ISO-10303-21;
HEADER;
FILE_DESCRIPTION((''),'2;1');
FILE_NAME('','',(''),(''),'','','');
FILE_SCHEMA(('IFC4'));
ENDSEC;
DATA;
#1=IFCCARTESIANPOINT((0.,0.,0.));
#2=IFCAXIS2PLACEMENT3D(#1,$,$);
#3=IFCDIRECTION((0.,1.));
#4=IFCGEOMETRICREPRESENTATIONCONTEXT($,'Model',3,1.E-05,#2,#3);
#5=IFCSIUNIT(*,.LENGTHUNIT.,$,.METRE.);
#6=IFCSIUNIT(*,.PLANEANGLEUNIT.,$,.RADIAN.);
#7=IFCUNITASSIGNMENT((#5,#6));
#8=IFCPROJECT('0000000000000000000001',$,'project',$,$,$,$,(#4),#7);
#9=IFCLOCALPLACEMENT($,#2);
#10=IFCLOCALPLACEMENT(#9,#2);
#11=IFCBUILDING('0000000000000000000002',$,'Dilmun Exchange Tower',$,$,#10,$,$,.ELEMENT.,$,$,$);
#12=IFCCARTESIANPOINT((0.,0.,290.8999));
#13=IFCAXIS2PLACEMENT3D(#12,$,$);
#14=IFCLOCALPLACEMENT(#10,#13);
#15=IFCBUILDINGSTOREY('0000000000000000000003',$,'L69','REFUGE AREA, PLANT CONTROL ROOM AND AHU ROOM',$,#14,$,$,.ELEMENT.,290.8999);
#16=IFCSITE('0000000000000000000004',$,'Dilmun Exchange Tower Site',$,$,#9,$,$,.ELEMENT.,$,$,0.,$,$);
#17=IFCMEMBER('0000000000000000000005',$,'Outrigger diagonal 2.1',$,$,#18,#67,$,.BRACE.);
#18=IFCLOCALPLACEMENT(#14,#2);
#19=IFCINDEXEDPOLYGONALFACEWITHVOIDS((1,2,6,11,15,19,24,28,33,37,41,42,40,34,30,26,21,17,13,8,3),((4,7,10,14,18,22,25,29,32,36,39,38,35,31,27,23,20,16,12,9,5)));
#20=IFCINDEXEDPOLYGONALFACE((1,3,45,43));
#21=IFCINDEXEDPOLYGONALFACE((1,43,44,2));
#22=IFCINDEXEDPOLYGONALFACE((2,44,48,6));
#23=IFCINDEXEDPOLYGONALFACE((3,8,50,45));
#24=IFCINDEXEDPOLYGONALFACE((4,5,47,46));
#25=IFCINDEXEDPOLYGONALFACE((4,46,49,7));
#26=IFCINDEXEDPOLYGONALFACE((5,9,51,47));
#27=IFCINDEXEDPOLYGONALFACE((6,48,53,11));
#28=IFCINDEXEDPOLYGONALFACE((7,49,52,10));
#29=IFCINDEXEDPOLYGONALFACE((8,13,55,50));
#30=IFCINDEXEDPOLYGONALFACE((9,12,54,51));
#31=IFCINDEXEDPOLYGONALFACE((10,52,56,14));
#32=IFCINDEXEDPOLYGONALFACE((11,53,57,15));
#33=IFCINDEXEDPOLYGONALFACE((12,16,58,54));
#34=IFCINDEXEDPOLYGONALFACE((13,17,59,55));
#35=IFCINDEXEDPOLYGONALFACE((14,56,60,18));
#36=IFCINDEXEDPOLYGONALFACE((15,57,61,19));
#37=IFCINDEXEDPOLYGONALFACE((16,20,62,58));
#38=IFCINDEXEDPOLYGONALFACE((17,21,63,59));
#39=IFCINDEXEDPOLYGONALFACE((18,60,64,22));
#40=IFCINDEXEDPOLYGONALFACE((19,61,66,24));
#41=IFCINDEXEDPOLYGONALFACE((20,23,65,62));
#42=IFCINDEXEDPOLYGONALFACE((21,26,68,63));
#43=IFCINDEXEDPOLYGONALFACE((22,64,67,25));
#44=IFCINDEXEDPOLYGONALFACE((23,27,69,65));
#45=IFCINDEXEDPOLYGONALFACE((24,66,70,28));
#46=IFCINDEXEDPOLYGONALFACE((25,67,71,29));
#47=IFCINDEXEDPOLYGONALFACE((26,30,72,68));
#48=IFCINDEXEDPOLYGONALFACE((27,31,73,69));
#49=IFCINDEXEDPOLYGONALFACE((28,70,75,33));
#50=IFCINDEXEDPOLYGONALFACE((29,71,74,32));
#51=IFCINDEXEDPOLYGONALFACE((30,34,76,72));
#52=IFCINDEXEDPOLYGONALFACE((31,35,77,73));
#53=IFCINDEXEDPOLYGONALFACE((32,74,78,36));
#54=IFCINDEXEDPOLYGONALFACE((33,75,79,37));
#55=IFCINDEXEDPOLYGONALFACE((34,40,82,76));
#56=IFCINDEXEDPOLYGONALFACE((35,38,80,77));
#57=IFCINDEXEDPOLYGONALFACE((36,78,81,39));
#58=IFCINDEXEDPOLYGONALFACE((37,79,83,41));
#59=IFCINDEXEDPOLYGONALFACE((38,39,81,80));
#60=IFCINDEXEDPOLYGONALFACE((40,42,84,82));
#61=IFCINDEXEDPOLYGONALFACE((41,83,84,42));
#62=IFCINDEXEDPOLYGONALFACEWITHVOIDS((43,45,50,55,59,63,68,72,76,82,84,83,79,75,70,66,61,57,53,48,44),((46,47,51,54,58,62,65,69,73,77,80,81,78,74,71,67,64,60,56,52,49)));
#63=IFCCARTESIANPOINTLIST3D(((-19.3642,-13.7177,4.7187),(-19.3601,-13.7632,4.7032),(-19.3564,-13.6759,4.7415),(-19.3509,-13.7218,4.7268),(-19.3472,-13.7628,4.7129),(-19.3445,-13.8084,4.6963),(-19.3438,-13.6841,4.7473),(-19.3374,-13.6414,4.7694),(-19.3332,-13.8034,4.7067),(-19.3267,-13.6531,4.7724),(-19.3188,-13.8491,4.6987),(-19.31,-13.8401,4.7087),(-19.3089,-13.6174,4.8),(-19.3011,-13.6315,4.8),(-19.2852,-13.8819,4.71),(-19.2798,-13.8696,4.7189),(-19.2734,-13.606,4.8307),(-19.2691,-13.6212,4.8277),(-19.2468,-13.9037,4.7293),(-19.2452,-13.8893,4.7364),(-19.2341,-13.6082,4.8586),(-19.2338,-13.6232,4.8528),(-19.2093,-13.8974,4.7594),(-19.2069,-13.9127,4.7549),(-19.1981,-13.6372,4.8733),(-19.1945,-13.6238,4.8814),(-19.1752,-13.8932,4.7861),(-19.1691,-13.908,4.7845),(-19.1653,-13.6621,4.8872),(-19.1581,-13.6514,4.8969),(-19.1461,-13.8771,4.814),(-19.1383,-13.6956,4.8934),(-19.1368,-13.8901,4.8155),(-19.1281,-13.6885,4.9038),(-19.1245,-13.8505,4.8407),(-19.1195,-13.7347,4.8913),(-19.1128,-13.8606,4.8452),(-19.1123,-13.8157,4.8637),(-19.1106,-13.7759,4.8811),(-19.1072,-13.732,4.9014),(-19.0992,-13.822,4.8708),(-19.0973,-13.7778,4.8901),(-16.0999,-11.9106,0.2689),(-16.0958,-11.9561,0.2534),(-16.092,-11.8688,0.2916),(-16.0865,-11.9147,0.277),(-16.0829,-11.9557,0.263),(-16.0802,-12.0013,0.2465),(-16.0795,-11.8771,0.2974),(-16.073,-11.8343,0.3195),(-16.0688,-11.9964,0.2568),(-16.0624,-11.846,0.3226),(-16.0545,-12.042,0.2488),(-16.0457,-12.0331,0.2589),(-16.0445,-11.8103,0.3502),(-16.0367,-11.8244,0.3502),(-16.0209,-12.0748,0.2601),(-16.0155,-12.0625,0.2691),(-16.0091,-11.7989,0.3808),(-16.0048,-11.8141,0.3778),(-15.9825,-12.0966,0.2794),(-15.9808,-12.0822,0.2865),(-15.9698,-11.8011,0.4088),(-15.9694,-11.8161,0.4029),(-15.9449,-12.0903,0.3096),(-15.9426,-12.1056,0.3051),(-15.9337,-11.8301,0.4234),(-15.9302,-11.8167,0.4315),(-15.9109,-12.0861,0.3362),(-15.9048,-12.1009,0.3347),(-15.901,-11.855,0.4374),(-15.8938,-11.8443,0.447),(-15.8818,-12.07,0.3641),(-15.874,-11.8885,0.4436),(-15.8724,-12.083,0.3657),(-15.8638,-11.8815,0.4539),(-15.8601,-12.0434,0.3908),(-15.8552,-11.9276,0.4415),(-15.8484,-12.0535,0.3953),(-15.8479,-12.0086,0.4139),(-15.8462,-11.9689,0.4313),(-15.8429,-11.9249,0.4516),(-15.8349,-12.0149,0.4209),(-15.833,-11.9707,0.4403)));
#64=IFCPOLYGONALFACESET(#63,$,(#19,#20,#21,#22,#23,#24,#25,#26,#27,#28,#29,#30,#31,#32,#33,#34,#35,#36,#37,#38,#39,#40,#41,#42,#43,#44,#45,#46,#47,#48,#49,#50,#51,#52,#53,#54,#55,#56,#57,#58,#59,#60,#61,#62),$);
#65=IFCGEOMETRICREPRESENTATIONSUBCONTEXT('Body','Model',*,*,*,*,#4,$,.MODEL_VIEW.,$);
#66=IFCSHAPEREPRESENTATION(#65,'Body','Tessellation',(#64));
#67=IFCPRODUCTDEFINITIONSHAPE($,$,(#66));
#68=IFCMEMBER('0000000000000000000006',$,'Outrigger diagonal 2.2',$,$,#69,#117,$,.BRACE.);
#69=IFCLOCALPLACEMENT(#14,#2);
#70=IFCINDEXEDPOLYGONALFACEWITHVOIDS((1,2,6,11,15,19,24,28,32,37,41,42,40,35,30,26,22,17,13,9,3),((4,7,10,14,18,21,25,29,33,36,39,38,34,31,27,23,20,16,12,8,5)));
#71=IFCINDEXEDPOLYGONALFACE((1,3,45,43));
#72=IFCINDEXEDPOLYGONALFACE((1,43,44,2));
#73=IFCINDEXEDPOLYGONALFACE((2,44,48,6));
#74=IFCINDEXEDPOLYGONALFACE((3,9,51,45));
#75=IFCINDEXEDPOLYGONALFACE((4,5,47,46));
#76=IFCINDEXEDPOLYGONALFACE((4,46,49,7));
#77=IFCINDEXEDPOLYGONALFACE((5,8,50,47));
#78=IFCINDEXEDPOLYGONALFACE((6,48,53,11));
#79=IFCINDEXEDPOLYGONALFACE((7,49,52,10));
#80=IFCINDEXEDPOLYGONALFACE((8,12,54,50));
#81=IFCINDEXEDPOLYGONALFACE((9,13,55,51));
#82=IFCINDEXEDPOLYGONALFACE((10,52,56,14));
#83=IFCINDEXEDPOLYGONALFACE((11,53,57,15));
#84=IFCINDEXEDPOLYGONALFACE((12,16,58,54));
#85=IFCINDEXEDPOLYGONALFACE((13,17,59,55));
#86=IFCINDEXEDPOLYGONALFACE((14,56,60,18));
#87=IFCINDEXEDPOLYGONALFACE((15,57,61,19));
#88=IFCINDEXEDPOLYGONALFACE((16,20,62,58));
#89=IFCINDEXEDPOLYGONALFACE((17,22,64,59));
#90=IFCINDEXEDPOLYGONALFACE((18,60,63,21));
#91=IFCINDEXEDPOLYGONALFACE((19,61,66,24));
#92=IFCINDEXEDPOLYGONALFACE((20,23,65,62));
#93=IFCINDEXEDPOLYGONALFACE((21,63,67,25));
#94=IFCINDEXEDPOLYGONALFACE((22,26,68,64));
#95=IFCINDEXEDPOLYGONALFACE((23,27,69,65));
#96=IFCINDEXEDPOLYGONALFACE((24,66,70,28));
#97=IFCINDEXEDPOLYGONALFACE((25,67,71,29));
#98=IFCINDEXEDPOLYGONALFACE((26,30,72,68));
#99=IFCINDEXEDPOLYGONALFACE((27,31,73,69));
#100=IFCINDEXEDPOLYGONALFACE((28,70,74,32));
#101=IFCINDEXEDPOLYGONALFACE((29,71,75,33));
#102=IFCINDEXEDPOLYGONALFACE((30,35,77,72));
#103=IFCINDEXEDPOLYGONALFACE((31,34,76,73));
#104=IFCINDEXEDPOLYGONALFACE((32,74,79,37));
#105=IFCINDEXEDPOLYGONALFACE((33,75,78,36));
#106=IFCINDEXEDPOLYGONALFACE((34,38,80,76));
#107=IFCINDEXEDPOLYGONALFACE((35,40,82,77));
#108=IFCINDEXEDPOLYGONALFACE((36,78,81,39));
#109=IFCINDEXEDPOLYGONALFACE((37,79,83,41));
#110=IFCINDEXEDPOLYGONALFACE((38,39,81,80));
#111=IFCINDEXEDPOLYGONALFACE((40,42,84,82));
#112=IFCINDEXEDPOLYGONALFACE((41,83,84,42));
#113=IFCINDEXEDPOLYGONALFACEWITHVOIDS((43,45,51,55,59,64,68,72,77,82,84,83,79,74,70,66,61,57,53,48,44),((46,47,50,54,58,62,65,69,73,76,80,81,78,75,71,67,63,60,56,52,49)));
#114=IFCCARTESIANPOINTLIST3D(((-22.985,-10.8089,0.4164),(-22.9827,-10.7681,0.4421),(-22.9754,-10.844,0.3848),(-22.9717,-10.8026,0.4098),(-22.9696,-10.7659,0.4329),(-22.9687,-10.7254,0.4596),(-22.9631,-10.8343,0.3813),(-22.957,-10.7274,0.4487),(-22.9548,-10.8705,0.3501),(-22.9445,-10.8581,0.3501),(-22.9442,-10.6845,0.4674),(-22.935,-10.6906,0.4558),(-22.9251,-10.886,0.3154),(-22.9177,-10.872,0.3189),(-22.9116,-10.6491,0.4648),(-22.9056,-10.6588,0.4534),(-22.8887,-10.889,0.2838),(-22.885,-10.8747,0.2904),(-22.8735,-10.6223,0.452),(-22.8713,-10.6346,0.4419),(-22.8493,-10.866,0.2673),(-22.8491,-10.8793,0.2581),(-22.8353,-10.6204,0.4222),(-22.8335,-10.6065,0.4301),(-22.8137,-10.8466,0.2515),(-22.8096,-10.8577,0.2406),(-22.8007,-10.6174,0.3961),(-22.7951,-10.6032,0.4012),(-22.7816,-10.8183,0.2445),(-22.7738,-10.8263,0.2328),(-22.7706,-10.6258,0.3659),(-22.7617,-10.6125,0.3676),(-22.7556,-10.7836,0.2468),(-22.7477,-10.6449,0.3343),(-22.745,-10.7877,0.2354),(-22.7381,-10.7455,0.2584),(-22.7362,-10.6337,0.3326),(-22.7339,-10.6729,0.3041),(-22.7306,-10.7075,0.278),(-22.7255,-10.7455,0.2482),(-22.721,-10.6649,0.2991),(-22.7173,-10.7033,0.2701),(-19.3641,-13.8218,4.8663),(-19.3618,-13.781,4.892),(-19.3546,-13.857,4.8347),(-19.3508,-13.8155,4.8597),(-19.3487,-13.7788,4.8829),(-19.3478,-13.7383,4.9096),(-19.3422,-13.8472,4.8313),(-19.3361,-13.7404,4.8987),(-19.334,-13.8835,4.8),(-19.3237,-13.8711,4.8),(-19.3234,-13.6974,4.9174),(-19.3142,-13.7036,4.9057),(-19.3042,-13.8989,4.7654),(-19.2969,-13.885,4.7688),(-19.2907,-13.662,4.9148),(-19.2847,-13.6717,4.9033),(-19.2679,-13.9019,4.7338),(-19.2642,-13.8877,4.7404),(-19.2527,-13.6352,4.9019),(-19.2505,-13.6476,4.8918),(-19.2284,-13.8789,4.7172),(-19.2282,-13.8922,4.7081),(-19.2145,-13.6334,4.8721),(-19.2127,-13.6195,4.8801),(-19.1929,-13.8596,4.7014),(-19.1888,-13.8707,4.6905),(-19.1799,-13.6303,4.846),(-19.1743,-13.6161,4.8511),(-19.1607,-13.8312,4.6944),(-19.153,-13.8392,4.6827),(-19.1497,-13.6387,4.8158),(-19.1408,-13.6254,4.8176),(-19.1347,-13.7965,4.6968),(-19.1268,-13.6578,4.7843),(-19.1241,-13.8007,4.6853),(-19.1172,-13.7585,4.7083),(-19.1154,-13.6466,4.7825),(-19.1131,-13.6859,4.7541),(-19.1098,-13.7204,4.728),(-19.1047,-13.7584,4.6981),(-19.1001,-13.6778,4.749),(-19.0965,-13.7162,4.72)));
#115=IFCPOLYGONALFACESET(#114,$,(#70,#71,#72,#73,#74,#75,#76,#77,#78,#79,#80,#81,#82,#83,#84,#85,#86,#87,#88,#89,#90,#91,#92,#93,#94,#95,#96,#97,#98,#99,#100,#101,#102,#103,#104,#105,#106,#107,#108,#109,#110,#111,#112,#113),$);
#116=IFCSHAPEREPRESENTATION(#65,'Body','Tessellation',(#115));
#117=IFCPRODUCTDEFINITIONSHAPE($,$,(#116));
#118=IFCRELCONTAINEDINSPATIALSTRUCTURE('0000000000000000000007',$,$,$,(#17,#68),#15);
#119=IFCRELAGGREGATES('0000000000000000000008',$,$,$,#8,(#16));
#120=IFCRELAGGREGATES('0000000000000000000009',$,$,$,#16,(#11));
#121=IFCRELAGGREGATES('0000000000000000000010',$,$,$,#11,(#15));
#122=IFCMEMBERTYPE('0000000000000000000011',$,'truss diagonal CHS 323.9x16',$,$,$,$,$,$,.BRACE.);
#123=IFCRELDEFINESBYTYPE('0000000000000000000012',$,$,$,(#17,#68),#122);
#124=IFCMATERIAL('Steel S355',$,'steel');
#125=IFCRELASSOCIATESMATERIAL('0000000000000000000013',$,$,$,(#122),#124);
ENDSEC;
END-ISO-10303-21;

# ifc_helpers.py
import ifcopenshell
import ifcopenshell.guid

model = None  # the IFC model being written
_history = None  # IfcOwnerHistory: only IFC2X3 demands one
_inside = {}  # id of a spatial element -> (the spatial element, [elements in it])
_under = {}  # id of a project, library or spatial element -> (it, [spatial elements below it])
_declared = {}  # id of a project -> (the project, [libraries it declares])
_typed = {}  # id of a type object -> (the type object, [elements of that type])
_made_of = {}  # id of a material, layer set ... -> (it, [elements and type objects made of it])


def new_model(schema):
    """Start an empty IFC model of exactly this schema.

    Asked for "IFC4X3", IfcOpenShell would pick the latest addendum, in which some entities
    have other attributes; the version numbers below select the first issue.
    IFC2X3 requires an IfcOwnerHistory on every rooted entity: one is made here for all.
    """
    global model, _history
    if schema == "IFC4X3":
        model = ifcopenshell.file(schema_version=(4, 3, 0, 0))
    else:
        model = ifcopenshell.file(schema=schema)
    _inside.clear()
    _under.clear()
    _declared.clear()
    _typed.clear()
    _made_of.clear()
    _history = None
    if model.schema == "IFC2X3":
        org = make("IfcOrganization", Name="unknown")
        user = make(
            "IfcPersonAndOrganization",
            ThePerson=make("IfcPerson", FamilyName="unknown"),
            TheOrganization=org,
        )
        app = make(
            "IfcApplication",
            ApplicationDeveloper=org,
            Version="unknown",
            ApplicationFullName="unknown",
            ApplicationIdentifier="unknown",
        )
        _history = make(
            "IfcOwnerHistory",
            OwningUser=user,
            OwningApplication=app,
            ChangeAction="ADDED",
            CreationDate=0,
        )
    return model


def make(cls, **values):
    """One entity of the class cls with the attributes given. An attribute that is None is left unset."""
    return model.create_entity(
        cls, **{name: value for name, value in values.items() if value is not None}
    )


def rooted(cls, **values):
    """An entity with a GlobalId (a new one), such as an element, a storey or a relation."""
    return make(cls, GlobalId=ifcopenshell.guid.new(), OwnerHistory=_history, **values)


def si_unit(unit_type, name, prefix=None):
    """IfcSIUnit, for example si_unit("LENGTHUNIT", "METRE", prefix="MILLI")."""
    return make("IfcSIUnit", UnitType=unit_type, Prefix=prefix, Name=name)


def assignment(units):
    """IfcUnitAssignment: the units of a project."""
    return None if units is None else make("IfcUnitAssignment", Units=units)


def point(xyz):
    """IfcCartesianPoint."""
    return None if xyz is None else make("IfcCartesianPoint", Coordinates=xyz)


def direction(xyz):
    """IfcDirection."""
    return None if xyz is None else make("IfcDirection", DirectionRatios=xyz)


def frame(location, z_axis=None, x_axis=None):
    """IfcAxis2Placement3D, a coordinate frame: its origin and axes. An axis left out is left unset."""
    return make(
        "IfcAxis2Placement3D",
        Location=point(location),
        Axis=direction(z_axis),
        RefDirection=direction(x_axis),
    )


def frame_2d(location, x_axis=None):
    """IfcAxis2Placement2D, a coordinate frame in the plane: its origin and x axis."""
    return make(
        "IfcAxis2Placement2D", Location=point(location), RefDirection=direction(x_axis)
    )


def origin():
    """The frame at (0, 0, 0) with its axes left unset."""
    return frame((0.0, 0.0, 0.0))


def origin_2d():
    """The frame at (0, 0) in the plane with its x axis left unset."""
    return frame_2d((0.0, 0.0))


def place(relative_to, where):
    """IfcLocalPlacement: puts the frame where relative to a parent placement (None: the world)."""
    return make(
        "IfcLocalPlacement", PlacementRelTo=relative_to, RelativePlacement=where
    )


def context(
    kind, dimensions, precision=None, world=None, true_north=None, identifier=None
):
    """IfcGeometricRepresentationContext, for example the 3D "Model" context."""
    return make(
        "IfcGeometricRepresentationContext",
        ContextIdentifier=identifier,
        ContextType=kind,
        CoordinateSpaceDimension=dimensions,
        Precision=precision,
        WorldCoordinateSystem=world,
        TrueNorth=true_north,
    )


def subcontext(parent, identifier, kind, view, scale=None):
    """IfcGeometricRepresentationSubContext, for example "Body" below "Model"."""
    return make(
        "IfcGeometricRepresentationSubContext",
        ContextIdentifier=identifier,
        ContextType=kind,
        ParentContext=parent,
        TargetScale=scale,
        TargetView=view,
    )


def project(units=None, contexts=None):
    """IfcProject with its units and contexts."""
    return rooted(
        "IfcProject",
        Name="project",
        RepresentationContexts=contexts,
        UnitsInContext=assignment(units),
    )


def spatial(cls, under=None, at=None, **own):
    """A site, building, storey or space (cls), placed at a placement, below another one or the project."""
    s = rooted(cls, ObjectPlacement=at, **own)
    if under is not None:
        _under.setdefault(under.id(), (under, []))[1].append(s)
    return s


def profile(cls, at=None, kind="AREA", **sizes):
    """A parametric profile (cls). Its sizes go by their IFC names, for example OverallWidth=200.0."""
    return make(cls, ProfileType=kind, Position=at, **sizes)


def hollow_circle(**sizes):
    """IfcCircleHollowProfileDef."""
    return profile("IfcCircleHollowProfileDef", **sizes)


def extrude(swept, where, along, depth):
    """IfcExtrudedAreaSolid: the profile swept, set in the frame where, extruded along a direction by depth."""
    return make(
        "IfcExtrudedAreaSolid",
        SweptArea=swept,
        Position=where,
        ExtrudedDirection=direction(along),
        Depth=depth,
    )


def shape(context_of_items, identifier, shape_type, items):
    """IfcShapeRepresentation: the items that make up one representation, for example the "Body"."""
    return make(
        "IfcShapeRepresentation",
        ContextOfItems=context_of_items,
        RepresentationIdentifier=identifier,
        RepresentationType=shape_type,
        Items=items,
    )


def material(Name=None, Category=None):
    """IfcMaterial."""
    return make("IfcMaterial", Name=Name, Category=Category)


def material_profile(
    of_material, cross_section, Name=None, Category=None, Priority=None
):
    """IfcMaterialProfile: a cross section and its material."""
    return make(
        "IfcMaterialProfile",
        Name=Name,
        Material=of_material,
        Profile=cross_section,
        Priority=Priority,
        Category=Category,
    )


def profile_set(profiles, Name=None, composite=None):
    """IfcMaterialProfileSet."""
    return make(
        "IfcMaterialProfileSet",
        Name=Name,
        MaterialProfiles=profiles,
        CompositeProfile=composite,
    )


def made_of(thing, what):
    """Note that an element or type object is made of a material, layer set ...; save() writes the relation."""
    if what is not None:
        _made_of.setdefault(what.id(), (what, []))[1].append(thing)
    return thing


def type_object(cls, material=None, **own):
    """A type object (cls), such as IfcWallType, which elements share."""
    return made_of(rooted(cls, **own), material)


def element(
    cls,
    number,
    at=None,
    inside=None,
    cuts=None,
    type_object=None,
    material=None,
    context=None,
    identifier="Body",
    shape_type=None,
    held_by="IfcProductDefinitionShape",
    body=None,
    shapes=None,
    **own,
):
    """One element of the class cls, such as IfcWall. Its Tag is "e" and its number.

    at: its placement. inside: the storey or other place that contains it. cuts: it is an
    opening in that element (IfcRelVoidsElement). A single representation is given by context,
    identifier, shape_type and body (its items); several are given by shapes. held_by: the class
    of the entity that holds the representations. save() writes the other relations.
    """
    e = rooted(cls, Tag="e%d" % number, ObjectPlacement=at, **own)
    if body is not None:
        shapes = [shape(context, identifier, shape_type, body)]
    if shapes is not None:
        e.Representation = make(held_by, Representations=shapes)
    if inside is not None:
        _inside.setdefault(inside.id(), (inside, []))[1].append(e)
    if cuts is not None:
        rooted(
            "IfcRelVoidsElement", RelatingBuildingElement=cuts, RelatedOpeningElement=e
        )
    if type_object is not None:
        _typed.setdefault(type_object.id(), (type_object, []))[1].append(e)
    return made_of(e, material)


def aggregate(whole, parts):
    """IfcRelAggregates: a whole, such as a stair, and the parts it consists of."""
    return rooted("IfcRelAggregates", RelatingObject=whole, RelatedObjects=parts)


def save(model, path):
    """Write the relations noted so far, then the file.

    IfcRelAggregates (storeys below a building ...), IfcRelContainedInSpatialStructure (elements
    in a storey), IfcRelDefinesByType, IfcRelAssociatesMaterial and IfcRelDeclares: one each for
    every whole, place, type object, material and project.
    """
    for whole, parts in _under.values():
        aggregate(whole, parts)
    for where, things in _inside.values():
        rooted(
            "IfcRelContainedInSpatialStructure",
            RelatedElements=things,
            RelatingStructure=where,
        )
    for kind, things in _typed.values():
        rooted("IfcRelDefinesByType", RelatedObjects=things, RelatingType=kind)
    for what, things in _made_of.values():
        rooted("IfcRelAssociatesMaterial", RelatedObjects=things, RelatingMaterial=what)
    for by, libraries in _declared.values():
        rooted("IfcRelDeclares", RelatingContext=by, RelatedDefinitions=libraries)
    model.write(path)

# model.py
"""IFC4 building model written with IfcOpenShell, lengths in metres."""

from ifc_helpers import new_model, si_unit, direction, frame, origin, origin_2d, place, context, subcontext, project, spatial, hollow_circle, extrude, material, material_profile, profile_set, type_object, element, save


model = new_model("IFC4")

# Units and contexts
model_context = context("Model", 3, precision=1e-05, world=origin(), true_north=direction((0.0, 1.0)))
body_context = subcontext(model_context, "Body", "Model", "MODEL_VIEW")
ifc_project = project(units=[si_unit("LENGTHUNIT", "METRE"), si_unit("PLANEANGLEUNIT", "RADIAN")], contexts=[model_context])

# Site, building, storey
site_placement = place(None, origin())
site = spatial("IfcSite", under=ifc_project, at=site_placement, Name="Dilmun Exchange Tower Site", CompositionType="ELEMENT", RefElevation=0.0)
building_placement = place(site_placement, origin())
building = spatial("IfcBuilding", under=site, at=building_placement, Name="Dilmun Exchange Tower", CompositionType="ELEMENT")
storey_placement = place(building_placement, frame((0.0, 0.0, 290.8999)))
storey = spatial("IfcBuildingStorey", under=building, at=storey_placement, Name="L69", Description="REFUGE AREA, PLANT CONTROL ROOM AND AHU ROOM", CompositionType="ELEMENT", Elevation=290.8999)

# Shared definitions
ifc_material_1 = material(Name="Steel S355", Category="steel")

# Members
ifc_material_profile_1 = material_profile(ifc_material_1, hollow_circle(Radius=0.1619, WallThickness=0.0161, at=origin_2d()), Name="CHS 323.9x16")
ifc_profile_set_1 = profile_set([ifc_material_profile_1], Name="Steel S355")
member_type_1 = type_object("IfcMemberType", Name="truss diagonal CHS 323.9x16", PredefinedType="BRACE", material=ifc_profile_set_1)
member_1_placement = place(storey_placement, frame((-19.2305, -13.759, 4.8), z_axis=(0.562126, 0.311185, -0.766276), x_axis=(-0.484326, 0.874888, 0.0)))
element("IfcMember", 1, at=member_1_placement, inside=storey, type_object=member_type_1, Name="Outrigger diagonal 2.1", PredefinedType="BRACE", context=body_context, shape_type="SweptSolid", body=[
    extrude(hollow_circle(Radius=0.1619, WallThickness=0.0161, at=origin_2d()), origin(), (0.0, 0.0, 1.0), 5.8071),
])
member_2_placement = place(storey_placement, frame((-19.2305, -13.759, 4.8), z_axis=(-0.558773, 0.46496, -0.686721), x_axis=(-0.639629, -0.768684, 0.0)))
element("IfcMember", 2, at=member_2_placement, inside=storey, type_object=member_type_1, Name="Outrigger diagonal 2.2", PredefinedType="BRACE", context=body_context, shape_type="SweptSolid", body=[
    extrude(hollow_circle(Radius=0.1619, WallThickness=0.0161, at=origin_2d()), origin(), (0.0, 0.0, 1.0), 6.48),
])

save(model, "model.ifc")
